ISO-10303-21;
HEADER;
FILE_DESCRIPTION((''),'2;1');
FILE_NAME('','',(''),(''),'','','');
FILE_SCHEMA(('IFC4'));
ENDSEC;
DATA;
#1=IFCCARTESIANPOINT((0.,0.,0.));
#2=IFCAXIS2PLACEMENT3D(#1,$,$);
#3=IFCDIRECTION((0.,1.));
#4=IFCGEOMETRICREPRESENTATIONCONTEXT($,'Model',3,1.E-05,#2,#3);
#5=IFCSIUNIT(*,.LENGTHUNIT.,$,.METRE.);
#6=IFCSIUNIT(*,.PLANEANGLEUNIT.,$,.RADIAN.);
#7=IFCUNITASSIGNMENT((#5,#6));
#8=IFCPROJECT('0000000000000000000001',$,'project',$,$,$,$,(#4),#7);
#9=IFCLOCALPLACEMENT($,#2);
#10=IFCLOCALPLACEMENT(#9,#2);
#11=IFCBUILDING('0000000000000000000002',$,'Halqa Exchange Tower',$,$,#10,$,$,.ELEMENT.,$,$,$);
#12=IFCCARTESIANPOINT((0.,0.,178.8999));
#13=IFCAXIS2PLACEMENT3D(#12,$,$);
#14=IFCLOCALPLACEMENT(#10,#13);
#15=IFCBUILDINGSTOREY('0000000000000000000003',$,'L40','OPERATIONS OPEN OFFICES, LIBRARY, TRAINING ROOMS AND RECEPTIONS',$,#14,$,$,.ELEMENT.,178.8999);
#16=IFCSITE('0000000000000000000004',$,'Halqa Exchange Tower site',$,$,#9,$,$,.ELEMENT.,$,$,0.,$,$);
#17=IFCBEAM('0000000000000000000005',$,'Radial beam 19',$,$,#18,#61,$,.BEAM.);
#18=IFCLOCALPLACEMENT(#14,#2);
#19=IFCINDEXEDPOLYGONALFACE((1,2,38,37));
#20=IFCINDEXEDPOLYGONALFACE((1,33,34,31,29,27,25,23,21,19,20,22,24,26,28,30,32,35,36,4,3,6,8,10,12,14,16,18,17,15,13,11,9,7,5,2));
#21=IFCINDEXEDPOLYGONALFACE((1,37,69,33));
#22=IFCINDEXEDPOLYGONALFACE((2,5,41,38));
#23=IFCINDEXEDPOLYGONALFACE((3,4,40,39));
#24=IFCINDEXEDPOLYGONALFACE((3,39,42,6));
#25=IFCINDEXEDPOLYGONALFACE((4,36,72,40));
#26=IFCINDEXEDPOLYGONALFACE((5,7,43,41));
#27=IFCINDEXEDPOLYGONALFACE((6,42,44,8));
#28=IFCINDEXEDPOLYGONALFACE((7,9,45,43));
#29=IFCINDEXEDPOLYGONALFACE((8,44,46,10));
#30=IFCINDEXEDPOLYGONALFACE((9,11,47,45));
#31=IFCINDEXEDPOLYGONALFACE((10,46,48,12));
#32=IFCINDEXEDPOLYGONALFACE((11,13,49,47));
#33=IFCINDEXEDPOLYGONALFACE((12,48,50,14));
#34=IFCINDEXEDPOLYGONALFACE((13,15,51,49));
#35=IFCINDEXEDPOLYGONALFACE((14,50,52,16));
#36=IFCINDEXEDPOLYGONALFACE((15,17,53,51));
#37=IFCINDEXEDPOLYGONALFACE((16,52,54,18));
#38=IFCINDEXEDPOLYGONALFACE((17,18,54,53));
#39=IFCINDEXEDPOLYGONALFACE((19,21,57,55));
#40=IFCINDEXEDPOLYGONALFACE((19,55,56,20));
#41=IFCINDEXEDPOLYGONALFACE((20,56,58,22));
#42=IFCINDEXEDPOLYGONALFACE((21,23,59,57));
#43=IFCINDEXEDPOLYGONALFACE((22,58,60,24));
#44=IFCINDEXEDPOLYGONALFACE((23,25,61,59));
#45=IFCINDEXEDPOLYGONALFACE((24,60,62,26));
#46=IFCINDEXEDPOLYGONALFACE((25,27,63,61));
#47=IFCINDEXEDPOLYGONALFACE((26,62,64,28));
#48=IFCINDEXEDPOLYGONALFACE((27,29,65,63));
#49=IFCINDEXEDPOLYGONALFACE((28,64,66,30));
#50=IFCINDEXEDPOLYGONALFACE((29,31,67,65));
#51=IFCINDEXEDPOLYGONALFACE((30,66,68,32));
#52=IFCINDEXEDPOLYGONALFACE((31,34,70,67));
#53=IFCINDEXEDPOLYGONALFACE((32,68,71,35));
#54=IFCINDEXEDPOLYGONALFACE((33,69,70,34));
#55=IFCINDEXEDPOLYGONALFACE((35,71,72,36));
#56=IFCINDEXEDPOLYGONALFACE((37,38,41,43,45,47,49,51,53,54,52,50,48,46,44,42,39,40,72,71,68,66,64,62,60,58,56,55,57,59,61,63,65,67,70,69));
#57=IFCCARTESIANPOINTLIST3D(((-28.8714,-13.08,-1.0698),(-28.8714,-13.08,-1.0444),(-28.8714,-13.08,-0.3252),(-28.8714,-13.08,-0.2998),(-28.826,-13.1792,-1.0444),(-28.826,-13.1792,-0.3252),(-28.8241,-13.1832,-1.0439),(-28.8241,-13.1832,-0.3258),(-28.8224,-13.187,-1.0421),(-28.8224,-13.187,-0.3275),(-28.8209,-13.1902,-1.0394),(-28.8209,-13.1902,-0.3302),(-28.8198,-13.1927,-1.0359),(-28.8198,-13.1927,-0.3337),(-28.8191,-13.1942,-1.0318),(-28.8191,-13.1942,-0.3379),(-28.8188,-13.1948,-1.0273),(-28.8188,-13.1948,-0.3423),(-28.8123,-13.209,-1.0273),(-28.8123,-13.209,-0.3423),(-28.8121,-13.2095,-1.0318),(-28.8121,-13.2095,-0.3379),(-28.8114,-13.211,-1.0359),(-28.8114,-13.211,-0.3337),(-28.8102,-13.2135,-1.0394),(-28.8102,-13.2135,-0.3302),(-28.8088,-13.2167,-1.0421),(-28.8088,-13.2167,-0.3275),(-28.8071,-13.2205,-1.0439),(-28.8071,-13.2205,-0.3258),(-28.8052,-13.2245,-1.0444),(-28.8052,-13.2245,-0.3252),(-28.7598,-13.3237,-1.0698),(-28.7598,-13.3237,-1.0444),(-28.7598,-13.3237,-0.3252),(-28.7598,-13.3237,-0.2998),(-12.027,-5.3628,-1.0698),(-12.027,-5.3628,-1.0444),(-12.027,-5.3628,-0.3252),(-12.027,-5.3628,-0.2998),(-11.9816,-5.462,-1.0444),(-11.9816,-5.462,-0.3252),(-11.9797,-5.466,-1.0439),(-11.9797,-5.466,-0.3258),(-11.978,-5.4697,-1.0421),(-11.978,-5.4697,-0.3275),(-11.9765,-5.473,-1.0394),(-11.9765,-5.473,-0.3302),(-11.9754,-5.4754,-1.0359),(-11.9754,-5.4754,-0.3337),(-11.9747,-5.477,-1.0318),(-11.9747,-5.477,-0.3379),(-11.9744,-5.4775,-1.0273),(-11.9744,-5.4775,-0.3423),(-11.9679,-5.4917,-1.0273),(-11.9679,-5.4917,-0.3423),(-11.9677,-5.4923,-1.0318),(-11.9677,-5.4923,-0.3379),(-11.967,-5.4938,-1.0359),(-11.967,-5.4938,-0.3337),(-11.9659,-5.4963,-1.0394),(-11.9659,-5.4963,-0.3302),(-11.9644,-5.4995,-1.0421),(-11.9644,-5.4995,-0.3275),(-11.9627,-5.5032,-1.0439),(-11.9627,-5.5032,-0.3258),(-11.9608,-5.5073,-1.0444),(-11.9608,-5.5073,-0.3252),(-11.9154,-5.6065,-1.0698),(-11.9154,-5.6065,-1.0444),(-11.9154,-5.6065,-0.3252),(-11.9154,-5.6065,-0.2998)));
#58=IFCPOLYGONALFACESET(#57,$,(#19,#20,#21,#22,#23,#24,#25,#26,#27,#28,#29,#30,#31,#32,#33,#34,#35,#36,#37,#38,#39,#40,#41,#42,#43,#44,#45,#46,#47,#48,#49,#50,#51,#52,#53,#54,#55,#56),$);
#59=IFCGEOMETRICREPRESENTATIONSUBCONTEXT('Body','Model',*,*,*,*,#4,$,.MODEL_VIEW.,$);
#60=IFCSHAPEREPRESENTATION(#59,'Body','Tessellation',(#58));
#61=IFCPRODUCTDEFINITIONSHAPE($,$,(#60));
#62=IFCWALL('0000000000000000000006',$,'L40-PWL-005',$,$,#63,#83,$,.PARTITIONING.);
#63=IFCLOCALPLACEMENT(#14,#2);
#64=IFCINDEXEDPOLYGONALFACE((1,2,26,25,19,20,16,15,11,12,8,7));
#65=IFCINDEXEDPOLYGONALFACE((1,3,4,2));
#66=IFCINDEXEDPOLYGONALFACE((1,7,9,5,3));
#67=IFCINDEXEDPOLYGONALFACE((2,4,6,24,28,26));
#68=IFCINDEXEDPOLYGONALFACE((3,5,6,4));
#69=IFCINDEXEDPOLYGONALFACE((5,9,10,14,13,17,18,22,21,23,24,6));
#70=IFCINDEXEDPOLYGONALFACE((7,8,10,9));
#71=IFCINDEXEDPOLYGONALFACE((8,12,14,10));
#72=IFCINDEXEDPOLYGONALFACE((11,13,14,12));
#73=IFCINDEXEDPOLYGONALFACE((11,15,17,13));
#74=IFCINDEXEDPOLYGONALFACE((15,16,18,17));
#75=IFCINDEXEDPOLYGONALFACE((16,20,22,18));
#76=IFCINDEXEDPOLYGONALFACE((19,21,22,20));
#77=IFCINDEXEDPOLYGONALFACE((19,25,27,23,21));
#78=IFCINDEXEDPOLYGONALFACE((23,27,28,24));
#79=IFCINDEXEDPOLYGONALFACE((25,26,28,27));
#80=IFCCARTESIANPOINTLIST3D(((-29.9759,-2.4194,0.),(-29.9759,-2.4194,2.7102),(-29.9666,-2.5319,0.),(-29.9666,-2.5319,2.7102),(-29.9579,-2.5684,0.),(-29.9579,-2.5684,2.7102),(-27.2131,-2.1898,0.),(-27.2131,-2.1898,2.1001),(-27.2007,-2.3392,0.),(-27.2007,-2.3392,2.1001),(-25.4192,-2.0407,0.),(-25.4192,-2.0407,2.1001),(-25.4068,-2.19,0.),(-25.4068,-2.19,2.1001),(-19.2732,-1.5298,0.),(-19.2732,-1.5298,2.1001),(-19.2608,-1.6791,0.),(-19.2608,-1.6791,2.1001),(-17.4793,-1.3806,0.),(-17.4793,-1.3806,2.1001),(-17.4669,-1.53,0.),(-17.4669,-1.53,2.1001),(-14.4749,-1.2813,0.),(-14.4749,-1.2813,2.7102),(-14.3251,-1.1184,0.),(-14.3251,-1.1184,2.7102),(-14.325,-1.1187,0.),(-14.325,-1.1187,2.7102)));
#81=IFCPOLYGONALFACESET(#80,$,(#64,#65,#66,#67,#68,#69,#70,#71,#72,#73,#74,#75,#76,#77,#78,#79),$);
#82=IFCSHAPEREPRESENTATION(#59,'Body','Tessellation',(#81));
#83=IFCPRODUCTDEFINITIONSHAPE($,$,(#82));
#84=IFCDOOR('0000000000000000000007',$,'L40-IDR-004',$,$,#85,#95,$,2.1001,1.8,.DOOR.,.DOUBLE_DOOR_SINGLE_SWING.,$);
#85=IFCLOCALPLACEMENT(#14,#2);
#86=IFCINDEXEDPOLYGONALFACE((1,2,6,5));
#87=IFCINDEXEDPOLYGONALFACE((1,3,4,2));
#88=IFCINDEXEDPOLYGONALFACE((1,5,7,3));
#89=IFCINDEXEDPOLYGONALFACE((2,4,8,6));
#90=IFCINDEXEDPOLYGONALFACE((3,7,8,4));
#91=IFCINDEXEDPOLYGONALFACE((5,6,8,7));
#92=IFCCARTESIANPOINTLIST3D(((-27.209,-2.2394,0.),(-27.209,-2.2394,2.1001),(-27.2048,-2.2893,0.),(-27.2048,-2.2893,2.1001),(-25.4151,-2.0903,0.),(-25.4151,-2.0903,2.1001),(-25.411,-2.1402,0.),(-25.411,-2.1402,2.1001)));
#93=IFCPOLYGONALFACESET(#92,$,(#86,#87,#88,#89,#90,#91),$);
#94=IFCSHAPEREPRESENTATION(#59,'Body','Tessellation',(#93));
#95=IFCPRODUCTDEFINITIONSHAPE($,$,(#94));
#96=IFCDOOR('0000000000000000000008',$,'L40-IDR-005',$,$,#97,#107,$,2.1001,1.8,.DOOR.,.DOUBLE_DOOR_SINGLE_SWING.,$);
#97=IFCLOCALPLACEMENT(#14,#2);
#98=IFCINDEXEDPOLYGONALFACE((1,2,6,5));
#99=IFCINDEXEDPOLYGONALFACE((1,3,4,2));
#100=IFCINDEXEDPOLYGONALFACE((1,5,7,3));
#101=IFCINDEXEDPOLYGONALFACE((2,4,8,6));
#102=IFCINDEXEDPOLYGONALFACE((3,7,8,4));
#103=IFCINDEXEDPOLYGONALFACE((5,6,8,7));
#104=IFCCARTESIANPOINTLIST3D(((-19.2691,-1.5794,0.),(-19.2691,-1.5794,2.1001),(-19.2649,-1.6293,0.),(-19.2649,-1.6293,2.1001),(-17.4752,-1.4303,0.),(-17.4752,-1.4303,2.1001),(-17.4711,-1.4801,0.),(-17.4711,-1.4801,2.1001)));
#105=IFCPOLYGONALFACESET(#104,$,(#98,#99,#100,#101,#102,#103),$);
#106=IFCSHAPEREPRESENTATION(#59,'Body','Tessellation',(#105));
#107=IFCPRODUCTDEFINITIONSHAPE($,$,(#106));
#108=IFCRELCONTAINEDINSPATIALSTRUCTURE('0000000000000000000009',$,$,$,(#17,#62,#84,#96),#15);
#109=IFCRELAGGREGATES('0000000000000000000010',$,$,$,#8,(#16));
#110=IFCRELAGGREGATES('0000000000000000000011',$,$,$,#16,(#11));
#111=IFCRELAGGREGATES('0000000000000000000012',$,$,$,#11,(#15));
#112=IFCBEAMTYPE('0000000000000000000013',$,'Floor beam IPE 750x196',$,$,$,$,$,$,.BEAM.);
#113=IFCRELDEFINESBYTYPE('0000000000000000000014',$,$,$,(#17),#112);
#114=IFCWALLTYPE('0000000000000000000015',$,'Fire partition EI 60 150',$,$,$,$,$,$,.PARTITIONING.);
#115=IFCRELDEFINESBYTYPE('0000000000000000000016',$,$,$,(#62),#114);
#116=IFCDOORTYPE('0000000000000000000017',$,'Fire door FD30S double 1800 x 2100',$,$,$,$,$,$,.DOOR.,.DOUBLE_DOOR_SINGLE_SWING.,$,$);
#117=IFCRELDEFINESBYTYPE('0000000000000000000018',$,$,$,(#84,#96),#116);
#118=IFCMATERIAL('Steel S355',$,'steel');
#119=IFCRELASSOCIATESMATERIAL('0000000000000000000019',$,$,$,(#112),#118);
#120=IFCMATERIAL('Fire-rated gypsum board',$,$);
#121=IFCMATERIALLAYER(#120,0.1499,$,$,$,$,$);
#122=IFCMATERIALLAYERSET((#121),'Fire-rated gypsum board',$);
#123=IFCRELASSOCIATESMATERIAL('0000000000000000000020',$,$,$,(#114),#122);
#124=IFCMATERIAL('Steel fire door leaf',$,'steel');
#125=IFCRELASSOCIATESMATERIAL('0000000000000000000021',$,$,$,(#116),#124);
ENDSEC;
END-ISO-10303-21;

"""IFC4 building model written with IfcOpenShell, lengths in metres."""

from ifc_helpers import new_model, si_unit, direction, frame, frame_2d, origin, origin_2d, place, context, subcontext, project, spatial, polyline, rectangle, i_section, outline, extrude, material, layer, layer_set, material_profile, profile_set, type_object, element, fill, save


model = new_model("IFC4")

# Units and contexts
model_context = context("Model", 3, precision=1e-05, world=origin(), true_north=direction((0.0, 1.0)))
body_context = subcontext(model_context, "Body", "Model", "MODEL_VIEW")
ifc_project = project(units=[si_unit("LENGTHUNIT", "METRE"), si_unit("PLANEANGLEUNIT", "RADIAN")], contexts=[model_context])

# Site, building, storey
site_placement = place(None, origin())
site = spatial("IfcSite", under=ifc_project, at=site_placement, Name="Halqa Exchange Tower site", CompositionType="ELEMENT", RefElevation=0.0)
building_placement = place(site_placement, origin())
building = spatial("IfcBuilding", under=site, at=building_placement, Name="Halqa Exchange Tower", CompositionType="ELEMENT")
storey_placement = place(building_placement, frame((0.0, 0.0, 178.8999)))
storey = spatial("IfcBuildingStorey", under=building, at=storey_placement, Name="L40", Description="OPERATIONS OPEN OFFICES, LIBRARY, TRAINING ROOMS AND RECEPTIONS", CompositionType="ELEMENT", Elevation=178.8999)

# Beam
ifc_material_1 = material(Name="Steel S355", Category="steel")
ifc_material_profile_1 = material_profile(ifc_material_1, i_section(OverallWidth=0.2681, OverallDepth=0.77, WebThickness=0.0156, FlangeThickness=0.0254, FilletRadius=0.0171, at=origin_2d()), Name="IPE 750x196")
ifc_profile_set_1 = profile_set([ifc_material_profile_1], Name="Steel S355")
beam_type_1 = type_object("IfcBeamType", Name="Floor beam IPE 750x196", PredefinedType="BEAM", material=ifc_profile_set_1)
beam_1_placement = place(storey_placement, frame((-11.9712, -5.4846, -0.6848), z_axis=(-0.909128, -0.416516, 0.0), x_axis=(0.416516, -0.909128, 0.0)))
element("IfcBeam", 1, at=beam_1_placement, inside=storey, type_object=beam_type_1, Name="Radial beam 19", PredefinedType="BEAM", context=body_context, shape_type="SweptSolid", body=[
    extrude(i_section(OverallWidth=0.2681, OverallDepth=0.77, WebThickness=0.0156, FlangeThickness=0.0254, FilletRadius=0.0171, at=origin_2d()), origin(), (0.0, 0.0, 1.0), 18.5281),
])

# Wall, openings, doors
ifc_material_2 = material(Name="Fire-rated gypsum board")
ifc_layer_1 = layer(ifc_material_2, 0.1499)
ifc_layer_set_1 = layer_set([ifc_layer_1], Name="Fire-rated gypsum board")
wall_type_1 = type_object("IfcWallType", Name="Fire partition EI 60 150", PredefinedType="PARTITIONING", material=ifc_layer_set_1)
wall_1_placement = place(storey_placement, frame((-14.3188, -1.1931, 0.0), z_axis=(0.0, 0.0, 1.0), x_axis=(-0.996563, -0.082842, 0.0)))
wall_1 = element("IfcWall", 2, at=wall_1_placement, inside=storey, type_object=wall_type_1, Name="L40-PWL-005", PredefinedType="PARTITIONING", context=body_context, shape_type="SweptSolid", body=[
    extrude(outline(polyline([(15.7048, -0.075), (15.7048, 0.0378), (15.6992, 0.075), (13.7571, 0.075), (11.8152, 0.075), (9.873, 0.075), (7.9309, 0.075), (5.989, 0.075), (4.0469, 0.075), (2.1047, 0.075), (0.1628, 0.075), (0.0815, 0.0002), (0.0, -0.0747), (0.0, -0.075), (1.9631, -0.075), (3.9263, -0.075), (5.8894, -0.075), (7.8525, -0.075), (9.8154, -0.075), (11.7786, -0.075), (13.7417, -0.075), (15.7048, -0.075)])), origin(), (0.0, 0.0, 1.0), 2.7102),
])
opening_1_placement = place(wall_1_placement, frame((11.1326, 0.0, 0.0)))
opening_1 = element("IfcOpeningElement", 3, at=opening_1_placement, cuts=wall_1, PredefinedType="OPENING", context=body_context, shape_type="SweptSolid", body=[
    extrude(rectangle(XDim=1.8, YDim=2.1001, at=frame_2d((0.8999, 1.05))), frame((0.0, 0.0869, 0.0), z_axis=(0.0, -1.0, 0.0), x_axis=(1.0, 0.0, 0.0)), (0.0, 0.0, 1.0), 0.1738),
])
opening_2_placement = place(wall_1_placement, frame((3.1653, 0.0, 0.0)))
opening_2 = element("IfcOpeningElement", 4, at=opening_2_placement, cuts=wall_1, PredefinedType="OPENING", context=body_context, shape_type="SweptSolid", body=[
    extrude(rectangle(XDim=1.8, YDim=2.1001, at=frame_2d((0.8999, 1.05))), frame((0.0, 0.0869, 0.0), z_axis=(0.0, -1.0, 0.0), x_axis=(1.0, 0.0, 0.0)), (0.0, 0.0, 1.0), 0.1738),
])
ifc_material_3 = material(Name="Steel fire door leaf", Category="steel")
door_type_1 = type_object("IfcDoorType", Name="Fire door FD30S double 1800 x 2100", OperationType="DOUBLE_DOOR_SINGLE_SWING", PredefinedType="DOOR", material=ifc_material_3)
door_1_placement = place(opening_1_placement, origin())
door_1 = element("IfcDoor", 5, at=door_1_placement, inside=storey, type_object=door_type_1, Name="L40-IDR-004", OperationType="DOUBLE_DOOR_SINGLE_SWING", OverallHeight=2.1001, OverallWidth=1.8, PredefinedType="DOOR", context=body_context, shape_type="SweptSolid", body=[
    extrude(rectangle(XDim=1.8, YDim=2.1001, at=frame_2d((0.8999, 1.05))), frame((0.0, 0.0249, 0.0), z_axis=(0.0, -1.0, 0.0), x_axis=(1.0, 0.0, 0.0)), (0.0, 0.0, 1.0), 0.05),
])
fill(opening_1, door_1)
door_2_placement = place(opening_2_placement, origin())
door_2 = element("IfcDoor", 6, at=door_2_placement, inside=storey, type_object=door_type_1, Name="L40-IDR-005", OperationType="DOUBLE_DOOR_SINGLE_SWING", OverallHeight=2.1001, OverallWidth=1.8, PredefinedType="DOOR", context=body_context, shape_type="SweptSolid", body=[
    extrude(rectangle(XDim=1.8, YDim=2.1001, at=frame_2d((0.8999, 1.05))), frame((0.0, 0.0249, 0.0), z_axis=(0.0, -1.0, 0.0), x_axis=(1.0, 0.0, 0.0)), (0.0, 0.0, 1.0), 0.05),
])
fill(opening_2, door_2)

save(model, "model.ifc")
